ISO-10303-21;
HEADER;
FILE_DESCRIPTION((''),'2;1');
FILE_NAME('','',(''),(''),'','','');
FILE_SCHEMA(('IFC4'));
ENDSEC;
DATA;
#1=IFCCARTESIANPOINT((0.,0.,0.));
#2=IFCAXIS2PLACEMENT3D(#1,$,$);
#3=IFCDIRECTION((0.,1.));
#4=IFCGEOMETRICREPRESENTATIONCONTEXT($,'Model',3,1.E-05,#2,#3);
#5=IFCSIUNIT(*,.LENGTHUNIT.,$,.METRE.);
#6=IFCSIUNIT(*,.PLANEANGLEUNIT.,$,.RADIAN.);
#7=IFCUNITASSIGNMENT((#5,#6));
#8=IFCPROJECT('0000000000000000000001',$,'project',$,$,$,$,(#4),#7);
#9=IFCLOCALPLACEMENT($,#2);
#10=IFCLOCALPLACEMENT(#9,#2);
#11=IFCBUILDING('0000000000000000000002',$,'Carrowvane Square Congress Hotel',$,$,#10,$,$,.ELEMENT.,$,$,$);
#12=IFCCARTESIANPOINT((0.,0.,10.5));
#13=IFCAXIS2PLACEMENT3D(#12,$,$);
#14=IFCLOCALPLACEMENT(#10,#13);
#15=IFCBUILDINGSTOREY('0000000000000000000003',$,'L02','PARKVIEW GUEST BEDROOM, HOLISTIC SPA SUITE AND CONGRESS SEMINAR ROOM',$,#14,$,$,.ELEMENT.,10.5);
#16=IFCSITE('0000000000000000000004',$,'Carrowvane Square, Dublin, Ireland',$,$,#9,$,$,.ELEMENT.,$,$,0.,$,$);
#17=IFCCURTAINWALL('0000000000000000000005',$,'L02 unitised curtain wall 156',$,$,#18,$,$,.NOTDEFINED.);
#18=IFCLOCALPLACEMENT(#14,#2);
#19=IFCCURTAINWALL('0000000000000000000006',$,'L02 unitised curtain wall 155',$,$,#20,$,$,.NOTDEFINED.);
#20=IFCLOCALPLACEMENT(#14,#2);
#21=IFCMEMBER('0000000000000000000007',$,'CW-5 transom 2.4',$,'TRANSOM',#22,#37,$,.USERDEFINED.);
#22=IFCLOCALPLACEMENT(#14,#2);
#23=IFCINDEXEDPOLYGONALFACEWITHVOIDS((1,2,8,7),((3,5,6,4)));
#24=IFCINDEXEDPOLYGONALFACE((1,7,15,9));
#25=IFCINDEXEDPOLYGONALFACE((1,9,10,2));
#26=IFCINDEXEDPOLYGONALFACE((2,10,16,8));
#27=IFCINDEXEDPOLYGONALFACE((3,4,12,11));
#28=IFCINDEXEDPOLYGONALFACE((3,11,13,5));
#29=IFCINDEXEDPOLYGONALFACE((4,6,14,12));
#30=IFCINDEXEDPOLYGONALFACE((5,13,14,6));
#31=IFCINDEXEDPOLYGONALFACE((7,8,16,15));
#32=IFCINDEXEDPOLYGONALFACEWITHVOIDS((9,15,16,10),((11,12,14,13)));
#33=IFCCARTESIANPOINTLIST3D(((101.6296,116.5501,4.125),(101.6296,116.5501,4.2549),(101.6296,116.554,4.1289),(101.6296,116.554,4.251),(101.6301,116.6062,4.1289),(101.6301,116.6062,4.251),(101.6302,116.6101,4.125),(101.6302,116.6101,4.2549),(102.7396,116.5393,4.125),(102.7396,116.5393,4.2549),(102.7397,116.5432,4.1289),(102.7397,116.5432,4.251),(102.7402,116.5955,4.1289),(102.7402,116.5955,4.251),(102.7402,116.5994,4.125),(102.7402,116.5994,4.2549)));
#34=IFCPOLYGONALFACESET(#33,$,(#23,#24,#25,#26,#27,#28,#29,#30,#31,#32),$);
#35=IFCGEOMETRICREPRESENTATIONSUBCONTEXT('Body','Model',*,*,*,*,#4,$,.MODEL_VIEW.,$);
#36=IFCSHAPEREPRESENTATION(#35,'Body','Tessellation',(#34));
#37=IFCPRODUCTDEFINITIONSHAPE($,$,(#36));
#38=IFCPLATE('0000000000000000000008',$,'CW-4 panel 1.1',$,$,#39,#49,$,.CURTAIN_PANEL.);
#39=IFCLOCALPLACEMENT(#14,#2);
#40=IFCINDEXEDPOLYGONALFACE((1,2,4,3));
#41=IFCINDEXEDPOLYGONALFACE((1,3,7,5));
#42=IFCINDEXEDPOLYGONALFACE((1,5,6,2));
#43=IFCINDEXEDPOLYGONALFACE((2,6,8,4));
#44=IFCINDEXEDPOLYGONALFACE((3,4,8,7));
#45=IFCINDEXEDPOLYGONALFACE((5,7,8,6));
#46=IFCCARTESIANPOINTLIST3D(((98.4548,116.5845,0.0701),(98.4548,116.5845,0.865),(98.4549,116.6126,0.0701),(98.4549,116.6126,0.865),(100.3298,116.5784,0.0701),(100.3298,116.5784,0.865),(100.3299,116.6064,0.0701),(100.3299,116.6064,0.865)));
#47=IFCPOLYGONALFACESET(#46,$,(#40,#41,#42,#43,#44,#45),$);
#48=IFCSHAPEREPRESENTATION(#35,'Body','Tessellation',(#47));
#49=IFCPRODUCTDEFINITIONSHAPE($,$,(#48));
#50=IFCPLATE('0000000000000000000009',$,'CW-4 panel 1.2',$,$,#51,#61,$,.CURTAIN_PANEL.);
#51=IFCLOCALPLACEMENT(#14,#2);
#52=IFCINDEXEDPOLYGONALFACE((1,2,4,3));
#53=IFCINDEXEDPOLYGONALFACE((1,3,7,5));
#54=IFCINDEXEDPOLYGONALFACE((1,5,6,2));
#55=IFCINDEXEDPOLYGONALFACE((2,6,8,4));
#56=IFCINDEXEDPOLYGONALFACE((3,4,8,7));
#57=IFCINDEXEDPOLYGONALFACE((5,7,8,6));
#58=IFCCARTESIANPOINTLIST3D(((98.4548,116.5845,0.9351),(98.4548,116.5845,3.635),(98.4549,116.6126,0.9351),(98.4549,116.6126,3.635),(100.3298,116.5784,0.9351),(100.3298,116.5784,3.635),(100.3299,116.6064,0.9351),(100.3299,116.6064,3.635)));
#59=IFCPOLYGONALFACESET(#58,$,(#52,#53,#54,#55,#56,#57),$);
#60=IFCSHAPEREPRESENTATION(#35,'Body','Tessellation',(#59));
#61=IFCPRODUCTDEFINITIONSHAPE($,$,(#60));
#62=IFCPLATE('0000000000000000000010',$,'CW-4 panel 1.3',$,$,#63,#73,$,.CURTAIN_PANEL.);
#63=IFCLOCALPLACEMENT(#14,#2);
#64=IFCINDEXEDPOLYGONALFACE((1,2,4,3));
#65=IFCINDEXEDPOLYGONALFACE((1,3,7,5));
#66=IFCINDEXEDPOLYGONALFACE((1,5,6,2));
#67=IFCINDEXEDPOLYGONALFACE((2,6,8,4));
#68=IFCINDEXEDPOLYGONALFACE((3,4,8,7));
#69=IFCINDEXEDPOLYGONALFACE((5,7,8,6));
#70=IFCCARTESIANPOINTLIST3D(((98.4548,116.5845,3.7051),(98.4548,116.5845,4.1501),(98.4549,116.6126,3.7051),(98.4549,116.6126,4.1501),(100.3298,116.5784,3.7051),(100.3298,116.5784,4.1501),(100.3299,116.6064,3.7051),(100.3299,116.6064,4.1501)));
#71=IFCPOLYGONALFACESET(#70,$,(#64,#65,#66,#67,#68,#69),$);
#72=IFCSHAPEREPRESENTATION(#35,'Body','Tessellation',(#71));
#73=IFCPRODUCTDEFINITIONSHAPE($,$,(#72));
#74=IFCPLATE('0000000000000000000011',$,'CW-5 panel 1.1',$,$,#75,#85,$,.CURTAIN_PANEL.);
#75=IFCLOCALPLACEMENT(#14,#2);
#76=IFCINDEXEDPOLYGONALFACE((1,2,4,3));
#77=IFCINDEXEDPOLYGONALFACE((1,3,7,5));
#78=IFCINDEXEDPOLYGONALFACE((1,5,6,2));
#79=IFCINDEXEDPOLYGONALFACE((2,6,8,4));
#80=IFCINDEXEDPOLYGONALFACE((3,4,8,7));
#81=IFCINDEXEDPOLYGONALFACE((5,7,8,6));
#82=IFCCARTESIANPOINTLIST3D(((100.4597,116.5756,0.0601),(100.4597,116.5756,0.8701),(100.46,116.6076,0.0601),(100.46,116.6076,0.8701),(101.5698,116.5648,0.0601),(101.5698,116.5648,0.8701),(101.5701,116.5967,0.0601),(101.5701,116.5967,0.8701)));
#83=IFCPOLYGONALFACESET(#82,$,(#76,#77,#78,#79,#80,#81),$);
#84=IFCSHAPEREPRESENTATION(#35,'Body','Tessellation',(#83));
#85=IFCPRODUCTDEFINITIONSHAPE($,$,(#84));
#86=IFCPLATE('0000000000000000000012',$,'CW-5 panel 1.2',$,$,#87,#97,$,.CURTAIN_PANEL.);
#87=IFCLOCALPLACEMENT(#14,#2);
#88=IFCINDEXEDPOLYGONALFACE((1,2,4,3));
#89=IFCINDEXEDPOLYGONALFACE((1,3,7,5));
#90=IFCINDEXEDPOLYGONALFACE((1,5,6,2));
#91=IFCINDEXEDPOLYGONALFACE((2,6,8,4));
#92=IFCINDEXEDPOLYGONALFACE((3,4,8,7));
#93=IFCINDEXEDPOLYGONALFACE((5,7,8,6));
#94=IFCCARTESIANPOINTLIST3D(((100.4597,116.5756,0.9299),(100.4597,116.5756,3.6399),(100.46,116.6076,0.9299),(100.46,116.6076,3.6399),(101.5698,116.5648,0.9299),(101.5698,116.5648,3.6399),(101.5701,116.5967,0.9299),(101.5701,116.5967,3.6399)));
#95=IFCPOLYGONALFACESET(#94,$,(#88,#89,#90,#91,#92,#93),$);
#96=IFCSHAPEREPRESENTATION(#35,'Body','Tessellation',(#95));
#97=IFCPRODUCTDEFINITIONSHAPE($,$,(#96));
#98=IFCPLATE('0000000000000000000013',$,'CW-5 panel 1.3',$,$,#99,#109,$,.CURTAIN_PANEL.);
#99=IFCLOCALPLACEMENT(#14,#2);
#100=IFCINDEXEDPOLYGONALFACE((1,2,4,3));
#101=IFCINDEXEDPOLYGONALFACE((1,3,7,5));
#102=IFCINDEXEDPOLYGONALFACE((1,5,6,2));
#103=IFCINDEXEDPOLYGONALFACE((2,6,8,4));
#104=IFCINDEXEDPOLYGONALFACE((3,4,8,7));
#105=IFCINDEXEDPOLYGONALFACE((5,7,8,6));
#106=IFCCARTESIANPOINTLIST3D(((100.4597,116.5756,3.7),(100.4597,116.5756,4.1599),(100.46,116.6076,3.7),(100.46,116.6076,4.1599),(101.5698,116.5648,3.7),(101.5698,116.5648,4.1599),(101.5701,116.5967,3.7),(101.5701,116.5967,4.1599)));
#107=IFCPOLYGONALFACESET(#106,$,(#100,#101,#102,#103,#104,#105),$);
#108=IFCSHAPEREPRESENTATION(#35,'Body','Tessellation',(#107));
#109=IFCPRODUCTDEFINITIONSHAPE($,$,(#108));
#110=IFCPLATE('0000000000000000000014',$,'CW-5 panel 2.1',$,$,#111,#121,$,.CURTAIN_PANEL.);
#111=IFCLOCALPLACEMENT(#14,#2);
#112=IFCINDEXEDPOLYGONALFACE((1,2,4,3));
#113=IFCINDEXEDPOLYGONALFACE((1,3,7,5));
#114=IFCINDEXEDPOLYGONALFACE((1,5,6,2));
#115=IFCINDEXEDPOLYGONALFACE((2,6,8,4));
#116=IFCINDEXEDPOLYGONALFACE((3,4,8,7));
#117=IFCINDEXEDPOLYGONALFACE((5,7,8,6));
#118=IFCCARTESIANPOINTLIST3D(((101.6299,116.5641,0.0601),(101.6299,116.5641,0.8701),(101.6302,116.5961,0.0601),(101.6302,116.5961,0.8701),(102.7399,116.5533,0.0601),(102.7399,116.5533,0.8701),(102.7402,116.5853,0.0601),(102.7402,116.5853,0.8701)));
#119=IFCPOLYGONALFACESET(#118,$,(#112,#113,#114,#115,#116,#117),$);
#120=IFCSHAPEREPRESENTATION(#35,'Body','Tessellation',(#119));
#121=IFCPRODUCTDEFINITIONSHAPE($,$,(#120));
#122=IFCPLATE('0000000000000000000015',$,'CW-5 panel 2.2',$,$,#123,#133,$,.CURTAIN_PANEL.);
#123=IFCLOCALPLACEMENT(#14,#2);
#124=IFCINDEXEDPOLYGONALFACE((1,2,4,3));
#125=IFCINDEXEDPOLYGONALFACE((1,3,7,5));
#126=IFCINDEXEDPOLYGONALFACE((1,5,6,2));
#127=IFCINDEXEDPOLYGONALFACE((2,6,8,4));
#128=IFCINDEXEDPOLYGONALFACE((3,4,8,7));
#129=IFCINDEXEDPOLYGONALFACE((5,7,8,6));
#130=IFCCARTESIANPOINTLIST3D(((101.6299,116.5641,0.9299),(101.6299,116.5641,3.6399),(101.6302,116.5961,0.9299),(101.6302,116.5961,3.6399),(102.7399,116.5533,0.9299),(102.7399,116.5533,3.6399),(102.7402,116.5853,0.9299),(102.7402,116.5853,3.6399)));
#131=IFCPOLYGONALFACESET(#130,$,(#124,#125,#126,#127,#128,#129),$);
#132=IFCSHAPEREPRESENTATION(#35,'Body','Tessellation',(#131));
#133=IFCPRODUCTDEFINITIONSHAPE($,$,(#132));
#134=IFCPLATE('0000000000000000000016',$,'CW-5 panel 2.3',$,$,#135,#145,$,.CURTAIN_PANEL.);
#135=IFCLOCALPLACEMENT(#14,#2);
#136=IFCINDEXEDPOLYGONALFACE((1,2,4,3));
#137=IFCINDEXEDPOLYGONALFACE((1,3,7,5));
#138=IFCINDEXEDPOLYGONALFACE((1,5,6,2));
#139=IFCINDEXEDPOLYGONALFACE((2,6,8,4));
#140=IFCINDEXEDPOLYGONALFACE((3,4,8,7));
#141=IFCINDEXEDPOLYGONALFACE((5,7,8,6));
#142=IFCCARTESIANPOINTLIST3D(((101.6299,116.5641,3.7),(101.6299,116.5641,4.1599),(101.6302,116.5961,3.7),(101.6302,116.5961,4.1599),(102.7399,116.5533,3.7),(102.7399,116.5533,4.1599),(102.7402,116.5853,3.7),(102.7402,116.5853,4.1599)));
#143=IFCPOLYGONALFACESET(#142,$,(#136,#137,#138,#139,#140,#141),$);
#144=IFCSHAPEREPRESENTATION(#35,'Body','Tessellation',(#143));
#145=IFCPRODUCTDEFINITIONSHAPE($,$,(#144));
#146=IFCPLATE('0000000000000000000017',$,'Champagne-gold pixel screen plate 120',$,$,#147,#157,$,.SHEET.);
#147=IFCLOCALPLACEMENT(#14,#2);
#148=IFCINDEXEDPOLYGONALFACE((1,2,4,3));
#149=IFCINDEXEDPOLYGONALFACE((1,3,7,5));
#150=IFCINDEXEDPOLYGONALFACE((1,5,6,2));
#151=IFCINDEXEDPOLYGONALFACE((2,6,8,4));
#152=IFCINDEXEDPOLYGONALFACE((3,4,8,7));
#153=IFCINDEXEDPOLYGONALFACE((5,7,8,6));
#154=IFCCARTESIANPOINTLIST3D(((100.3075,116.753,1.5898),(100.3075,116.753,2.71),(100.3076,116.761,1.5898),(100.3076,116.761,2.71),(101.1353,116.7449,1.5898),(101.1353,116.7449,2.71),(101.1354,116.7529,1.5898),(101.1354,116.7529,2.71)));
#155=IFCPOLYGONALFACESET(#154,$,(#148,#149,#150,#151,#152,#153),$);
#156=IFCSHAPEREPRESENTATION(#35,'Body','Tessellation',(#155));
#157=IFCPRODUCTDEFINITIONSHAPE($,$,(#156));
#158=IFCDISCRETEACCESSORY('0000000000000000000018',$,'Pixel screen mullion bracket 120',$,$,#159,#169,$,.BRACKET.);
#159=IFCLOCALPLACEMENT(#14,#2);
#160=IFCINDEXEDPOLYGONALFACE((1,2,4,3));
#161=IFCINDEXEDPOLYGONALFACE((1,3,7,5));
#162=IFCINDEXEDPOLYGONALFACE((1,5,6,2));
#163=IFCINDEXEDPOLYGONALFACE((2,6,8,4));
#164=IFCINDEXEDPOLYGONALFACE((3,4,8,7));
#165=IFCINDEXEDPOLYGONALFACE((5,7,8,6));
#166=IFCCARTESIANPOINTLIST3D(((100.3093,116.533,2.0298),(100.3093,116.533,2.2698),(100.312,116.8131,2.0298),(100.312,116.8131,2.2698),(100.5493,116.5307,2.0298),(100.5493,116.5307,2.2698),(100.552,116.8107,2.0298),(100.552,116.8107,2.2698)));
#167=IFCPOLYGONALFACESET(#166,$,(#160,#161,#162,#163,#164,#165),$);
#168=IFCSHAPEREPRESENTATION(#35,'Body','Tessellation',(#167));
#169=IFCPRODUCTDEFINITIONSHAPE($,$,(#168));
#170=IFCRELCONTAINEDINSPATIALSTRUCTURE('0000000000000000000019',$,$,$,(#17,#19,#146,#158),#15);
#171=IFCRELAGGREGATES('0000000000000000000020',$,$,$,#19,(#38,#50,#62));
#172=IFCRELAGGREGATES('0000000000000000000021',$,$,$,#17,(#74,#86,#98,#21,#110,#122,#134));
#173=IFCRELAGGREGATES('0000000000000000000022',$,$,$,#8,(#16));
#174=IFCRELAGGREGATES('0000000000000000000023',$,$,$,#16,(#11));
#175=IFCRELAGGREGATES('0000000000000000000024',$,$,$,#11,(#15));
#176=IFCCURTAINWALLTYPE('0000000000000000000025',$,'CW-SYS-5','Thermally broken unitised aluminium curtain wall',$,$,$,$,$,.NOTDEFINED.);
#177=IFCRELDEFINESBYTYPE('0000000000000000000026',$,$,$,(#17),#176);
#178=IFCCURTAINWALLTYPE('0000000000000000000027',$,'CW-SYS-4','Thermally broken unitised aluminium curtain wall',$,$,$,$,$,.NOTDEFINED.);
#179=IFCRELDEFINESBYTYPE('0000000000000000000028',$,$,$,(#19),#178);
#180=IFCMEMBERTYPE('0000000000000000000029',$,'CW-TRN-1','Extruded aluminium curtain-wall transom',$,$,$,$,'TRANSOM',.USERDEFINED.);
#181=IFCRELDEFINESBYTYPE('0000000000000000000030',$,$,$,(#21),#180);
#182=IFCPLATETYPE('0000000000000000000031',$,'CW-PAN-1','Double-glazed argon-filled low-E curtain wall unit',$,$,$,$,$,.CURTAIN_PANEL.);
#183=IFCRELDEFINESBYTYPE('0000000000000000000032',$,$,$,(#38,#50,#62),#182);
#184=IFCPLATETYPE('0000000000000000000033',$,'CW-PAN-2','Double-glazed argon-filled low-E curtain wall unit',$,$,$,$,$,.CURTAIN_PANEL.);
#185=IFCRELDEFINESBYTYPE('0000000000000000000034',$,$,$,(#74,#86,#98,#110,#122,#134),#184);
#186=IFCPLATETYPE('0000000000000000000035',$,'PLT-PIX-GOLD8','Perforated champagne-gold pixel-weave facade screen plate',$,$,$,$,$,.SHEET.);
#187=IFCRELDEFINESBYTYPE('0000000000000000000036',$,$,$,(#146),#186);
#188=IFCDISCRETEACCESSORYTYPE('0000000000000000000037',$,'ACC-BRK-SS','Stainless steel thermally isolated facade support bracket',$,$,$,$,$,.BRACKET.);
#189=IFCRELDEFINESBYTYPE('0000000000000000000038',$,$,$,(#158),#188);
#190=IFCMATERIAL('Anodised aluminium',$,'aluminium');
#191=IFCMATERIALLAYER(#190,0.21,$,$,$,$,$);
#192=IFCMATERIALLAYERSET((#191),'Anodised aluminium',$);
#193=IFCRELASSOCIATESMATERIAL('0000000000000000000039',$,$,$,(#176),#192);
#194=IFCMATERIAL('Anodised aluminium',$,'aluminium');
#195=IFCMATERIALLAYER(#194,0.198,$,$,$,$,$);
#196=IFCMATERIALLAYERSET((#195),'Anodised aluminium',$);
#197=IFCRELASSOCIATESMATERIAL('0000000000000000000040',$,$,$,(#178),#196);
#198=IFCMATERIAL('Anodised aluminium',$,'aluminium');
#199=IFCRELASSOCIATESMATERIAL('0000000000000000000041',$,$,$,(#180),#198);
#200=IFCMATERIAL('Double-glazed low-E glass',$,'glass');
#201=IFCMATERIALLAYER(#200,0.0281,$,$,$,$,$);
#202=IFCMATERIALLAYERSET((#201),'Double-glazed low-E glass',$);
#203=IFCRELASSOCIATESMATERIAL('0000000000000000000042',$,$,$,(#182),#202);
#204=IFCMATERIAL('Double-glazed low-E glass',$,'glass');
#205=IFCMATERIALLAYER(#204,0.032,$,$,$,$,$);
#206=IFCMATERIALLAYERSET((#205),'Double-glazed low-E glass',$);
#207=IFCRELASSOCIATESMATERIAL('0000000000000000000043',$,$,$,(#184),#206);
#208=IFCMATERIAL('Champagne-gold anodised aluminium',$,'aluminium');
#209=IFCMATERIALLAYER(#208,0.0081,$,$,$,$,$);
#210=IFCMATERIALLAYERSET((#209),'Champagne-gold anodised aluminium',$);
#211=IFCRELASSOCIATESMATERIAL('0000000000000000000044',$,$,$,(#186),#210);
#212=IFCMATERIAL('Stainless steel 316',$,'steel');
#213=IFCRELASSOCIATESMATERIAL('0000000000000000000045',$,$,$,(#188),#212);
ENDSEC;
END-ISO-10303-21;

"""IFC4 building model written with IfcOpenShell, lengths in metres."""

from ifc_helpers import new_model, si_unit, direction, frame, origin, origin_2d, place, context, subcontext, project, spatial, rectangle, hollow_rectangle, extrude, material, layer, layer_set, material_profile, profile_set, type_object, element, aggregate, save


model = new_model("IFC4")

# Units and contexts
model_context = context("Model", 3, precision=1e-05, world=origin(), true_north=direction((0.0, 1.0)))
body_context = subcontext(model_context, "Body", "Model", "MODEL_VIEW")
ifc_project = project(units=[si_unit("LENGTHUNIT", "METRE"), si_unit("PLANEANGLEUNIT", "RADIAN")], contexts=[model_context])

# Site, building, storey
site_placement = place(None, origin())
site = spatial("IfcSite", under=ifc_project, at=site_placement, Name="Carrowvane Square, Dublin, Ireland", CompositionType="ELEMENT", RefElevation=0.0)
building_placement = place(site_placement, origin())
building = spatial("IfcBuilding", under=site, at=building_placement, Name="Carrowvane Square Congress Hotel", CompositionType="ELEMENT")
storey_placement = place(building_placement, frame((0.0, 0.0, 10.5)))
storey = spatial("IfcBuildingStorey", under=building, at=storey_placement, Name="L02", Description="PARKVIEW GUEST BEDROOM, HOLISTIC SPA SUITE AND CONGRESS SEMINAR ROOM", CompositionType="ELEMENT", Elevation=10.5)

# Curtain wall
ifc_material_1 = material(Name="Anodised aluminium", Category="aluminium")
ifc_layer_1 = layer(ifc_material_1, 0.21)
ifc_layer_set_1 = layer_set([ifc_layer_1], Name="Anodised aluminium")
curtain_wall_type_1 = type_object("IfcCurtainWallType", Name="CW-SYS-5", Description="Thermally broken unitised aluminium curtain wall", PredefinedType="NOTDEFINED", material=ifc_layer_set_1)
curtain_wall_1_placement = place(storey_placement, origin())
curtain_wall_1 = element("IfcCurtainWall", 1, at=curtain_wall_1_placement, inside=storey, type_object=curtain_wall_type_1, Name="L02 unitised curtain wall 156", PredefinedType="NOTDEFINED")

# Curtain wall
ifc_material_2 = material(Name="Anodised aluminium", Category="aluminium")
ifc_layer_2 = layer(ifc_material_2, 0.198)
ifc_layer_set_2 = layer_set([ifc_layer_2], Name="Anodised aluminium")
curtain_wall_type_2 = type_object("IfcCurtainWallType", Name="CW-SYS-4", Description="Thermally broken unitised aluminium curtain wall", PredefinedType="NOTDEFINED", material=ifc_layer_set_2)
curtain_wall_2_placement = place(storey_placement, origin())
curtain_wall_2 = element("IfcCurtainWall", 2, at=curtain_wall_2_placement, inside=storey, type_object=curtain_wall_type_2, Name="L02 unitised curtain wall 155", PredefinedType="NOTDEFINED")

# Member
ifc_material_3 = material(Name="Anodised aluminium", Category="aluminium")
ifc_material_profile_1 = material_profile(ifc_material_3, hollow_rectangle(XDim=0.0601, YDim=0.1299, WallThickness=0.0039, at=origin_2d()), Name="CW-TR 60x130x4")
ifc_profile_set_1 = profile_set([ifc_material_profile_1], Name="Anodised aluminium")
member_type_1 = type_object("IfcMemberType", Name="CW-TRN-1", Description="Extruded aluminium curtain-wall transom", ElementType="TRANSOM", PredefinedType="USERDEFINED", material=ifc_profile_set_1)
member_1_placement = place(storey_placement, frame((101.6299, 116.5801, 4.1899), z_axis=(0.999953, -0.009676, 0.0), x_axis=(0.009676, 0.999953, 0.0)))
member_1 = element("IfcMember", 3, at=member_1_placement, type_object=member_type_1, Name="CW-5 transom 2.4", ObjectType="TRANSOM", PredefinedType="USERDEFINED", context=body_context, shape_type="SweptSolid", body=[
    extrude(hollow_rectangle(XDim=0.0601, YDim=0.1299, WallThickness=0.0039, at=origin_2d()), origin(), (0.0, 0.0, 1.0), 1.1101),
])

# Plates
ifc_material_4 = material(Name="Double-glazed low-E glass", Category="glass")
ifc_layer_3 = layer(ifc_material_4, 0.0281)
ifc_layer_set_3 = layer_set([ifc_layer_3], Name="Double-glazed low-E glass")
plate_type_1 = type_object("IfcPlateType", Name="CW-PAN-1", Description="Double-glazed argon-filled low-E curtain wall unit", PredefinedType="CURTAIN_PANEL", material=ifc_layer_set_3)
plate_1_placement = place(storey_placement, frame((99.3923, 116.5955, 0.0701), z_axis=(0.0, 0.0, 1.0), x_axis=(0.999995, -0.00327, 0.0)))
plate_1 = element("IfcPlate", 4, at=plate_1_placement, type_object=plate_type_1, Name="CW-4 panel 1.1", PredefinedType="CURTAIN_PANEL", context=body_context, shape_type="SweptSolid", body=[
    extrude(rectangle(XDim=1.875, YDim=0.0281, at=origin_2d()), origin(), (0.0, 0.0, 1.0), 0.7949),
])
plate_2_placement = place(storey_placement, frame((99.3923, 116.5955, 0.9351), z_axis=(0.0, 0.0, 1.0), x_axis=(0.999995, -0.00327, 0.0)))
plate_2 = element("IfcPlate", 5, at=plate_2_placement, type_object=plate_type_1, Name="CW-4 panel 1.2", PredefinedType="CURTAIN_PANEL", context=body_context, shape_type="SweptSolid", body=[
    extrude(rectangle(XDim=1.875, YDim=0.0281, at=origin_2d()), origin(), (0.0, 0.0, 1.0), 2.7),
])
plate_3_placement = place(storey_placement, frame((99.3923, 116.5955, 3.7051), z_axis=(0.0, 0.0, 1.0), x_axis=(0.999995, -0.00327, 0.0)))
plate_3 = element("IfcPlate", 6, at=plate_3_placement, type_object=plate_type_1, Name="CW-4 panel 1.3", PredefinedType="CURTAIN_PANEL", context=body_context, shape_type="SweptSolid", body=[
    extrude(rectangle(XDim=1.875, YDim=0.0281, at=origin_2d()), origin(), (0.0, 0.0, 1.0), 0.4451),
])
aggregate(curtain_wall_2, [plate_1, plate_2, plate_3])
ifc_material_5 = material(Name="Double-glazed low-E glass", Category="glass")
ifc_layer_4 = layer(ifc_material_5, 0.032)
ifc_layer_set_4 = layer_set([ifc_layer_4], Name="Double-glazed low-E glass")
plate_type_2 = type_object("IfcPlateType", Name="CW-PAN-2", Description="Double-glazed argon-filled low-E curtain wall unit", PredefinedType="CURTAIN_PANEL", material=ifc_layer_set_4)
plate_4_placement = place(storey_placement, frame((101.0149, 116.5862, 0.0601), z_axis=(0.0, 0.0, 1.0), x_axis=(0.999952, -0.009783, 0.0)))
plate_4 = element("IfcPlate", 7, at=plate_4_placement, type_object=plate_type_2, Name="CW-5 panel 1.1", PredefinedType="CURTAIN_PANEL", context=body_context, shape_type="SweptSolid", body=[
    extrude(rectangle(XDim=1.1101, YDim=0.032, at=origin_2d()), origin(), (0.0, 0.0, 1.0), 0.8101),
])
plate_5_placement = place(storey_placement, frame((101.0149, 116.5862, 0.9299), z_axis=(0.0, 0.0, 1.0), x_axis=(0.999952, -0.009783, 0.0)))
plate_5 = element("IfcPlate", 8, at=plate_5_placement, type_object=plate_type_2, Name="CW-5 panel 1.2", PredefinedType="CURTAIN_PANEL", context=body_context, shape_type="SweptSolid", body=[
    extrude(rectangle(XDim=1.1101, YDim=0.032, at=origin_2d()), origin(), (0.0, 0.0, 1.0), 2.71),
])
plate_6_placement = place(storey_placement, frame((101.0149, 116.5862, 3.7), z_axis=(0.0, 0.0, 1.0), x_axis=(0.999952, -0.009783, 0.0)))
plate_6 = element("IfcPlate", 9, at=plate_6_placement, type_object=plate_type_2, Name="CW-5 panel 1.3", PredefinedType="CURTAIN_PANEL", context=body_context, shape_type="SweptSolid", body=[
    extrude(rectangle(XDim=1.1101, YDim=0.032, at=origin_2d()), origin(), (0.0, 0.0, 1.0), 0.46),
])
plate_7_placement = place(storey_placement, frame((102.1851, 116.5747, 0.0601), z_axis=(0.0, 0.0, 1.0), x_axis=(0.999952, -0.009783, 0.0)))
plate_7 = element("IfcPlate", 10, at=plate_7_placement, type_object=plate_type_2, Name="CW-5 panel 2.1", PredefinedType="CURTAIN_PANEL", context=body_context, shape_type="SweptSolid", body=[
    extrude(rectangle(XDim=1.1101, YDim=0.032, at=origin_2d()), origin(), (0.0, 0.0, 1.0), 0.8101),
])
plate_8_placement = place(storey_placement, frame((102.1851, 116.5747, 0.9299), z_axis=(0.0, 0.0, 1.0), x_axis=(0.999952, -0.009783, 0.0)))
plate_8 = element("IfcPlate", 11, at=plate_8_placement, type_object=plate_type_2, Name="CW-5 panel 2.2", PredefinedType="CURTAIN_PANEL", context=body_context, shape_type="SweptSolid", body=[
    extrude(rectangle(XDim=1.1101, YDim=0.032, at=origin_2d()), origin(), (0.0, 0.0, 1.0), 2.71),
])
plate_9_placement = place(storey_placement, frame((102.1851, 116.5747, 3.7), z_axis=(0.0, 0.0, 1.0), x_axis=(0.999952, -0.009783, 0.0)))
plate_9 = element("IfcPlate", 12, at=plate_9_placement, type_object=plate_type_2, Name="CW-5 panel 2.3", PredefinedType="CURTAIN_PANEL", context=body_context, shape_type="SweptSolid", body=[
    extrude(rectangle(XDim=1.1101, YDim=0.032, at=origin_2d()), origin(), (0.0, 0.0, 1.0), 0.46),
])
aggregate(curtain_wall_1, [plate_4, plate_5, plate_6, member_1, plate_7, plate_8, plate_9])
ifc_material_6 = material(Name="Champagne-gold anodised aluminium", Category="aluminium")
ifc_layer_5 = layer(ifc_material_6, 0.0081)
ifc_layer_set_5 = layer_set([ifc_layer_5], Name="Champagne-gold anodised aluminium")
plate_type_3 = type_object("IfcPlateType", Name="PLT-PIX-GOLD8", Description="Perforated champagne-gold pixel-weave facade screen plate", PredefinedType="SHEET", material=ifc_layer_set_5)
plate_10_placement = place(storey_placement, frame((100.7214, 116.7529, 1.5898), z_axis=(0.0, 0.0, 1.0), x_axis=(0.999952, -0.009782, 0.0)))
element("IfcPlate", 13, at=plate_10_placement, inside=storey, type_object=plate_type_3, Name="Champagne-gold pixel screen plate 120", PredefinedType="SHEET", context=body_context, shape_type="SweptSolid", body=[
    extrude(rectangle(XDim=0.8279, YDim=0.0081, at=origin_2d()), origin(), (0.0, 0.0, 1.0), 1.1201),
])

# Discrete accessory
ifc_material_7 = material(Name="Stainless steel 316", Category="steel")
discrete_accessory_type = type_object("IfcDiscreteAccessoryType", Name="ACC-BRK-SS", Description="Stainless steel thermally isolated facade support bracket", PredefinedType="BRACKET", material=ifc_material_7)
discrete_accessory_placement = place(storey_placement, frame((100.4307, 116.6719, 2.0298), z_axis=(0.0, 0.0, 1.0), x_axis=(0.999952, -0.009782, 0.0)))
element("IfcDiscreteAccessory", 14, at=discrete_accessory_placement, inside=storey, type_object=discrete_accessory_type, Name="Pixel screen mullion bracket 120", PredefinedType="BRACKET", context=body_context, shape_type="SweptSolid", body=[
    extrude(rectangle(XDim=0.24, YDim=0.28, at=origin_2d()), origin(), (0.0, 0.0, 1.0), 0.24),
])

save(model, "model.ifc")
